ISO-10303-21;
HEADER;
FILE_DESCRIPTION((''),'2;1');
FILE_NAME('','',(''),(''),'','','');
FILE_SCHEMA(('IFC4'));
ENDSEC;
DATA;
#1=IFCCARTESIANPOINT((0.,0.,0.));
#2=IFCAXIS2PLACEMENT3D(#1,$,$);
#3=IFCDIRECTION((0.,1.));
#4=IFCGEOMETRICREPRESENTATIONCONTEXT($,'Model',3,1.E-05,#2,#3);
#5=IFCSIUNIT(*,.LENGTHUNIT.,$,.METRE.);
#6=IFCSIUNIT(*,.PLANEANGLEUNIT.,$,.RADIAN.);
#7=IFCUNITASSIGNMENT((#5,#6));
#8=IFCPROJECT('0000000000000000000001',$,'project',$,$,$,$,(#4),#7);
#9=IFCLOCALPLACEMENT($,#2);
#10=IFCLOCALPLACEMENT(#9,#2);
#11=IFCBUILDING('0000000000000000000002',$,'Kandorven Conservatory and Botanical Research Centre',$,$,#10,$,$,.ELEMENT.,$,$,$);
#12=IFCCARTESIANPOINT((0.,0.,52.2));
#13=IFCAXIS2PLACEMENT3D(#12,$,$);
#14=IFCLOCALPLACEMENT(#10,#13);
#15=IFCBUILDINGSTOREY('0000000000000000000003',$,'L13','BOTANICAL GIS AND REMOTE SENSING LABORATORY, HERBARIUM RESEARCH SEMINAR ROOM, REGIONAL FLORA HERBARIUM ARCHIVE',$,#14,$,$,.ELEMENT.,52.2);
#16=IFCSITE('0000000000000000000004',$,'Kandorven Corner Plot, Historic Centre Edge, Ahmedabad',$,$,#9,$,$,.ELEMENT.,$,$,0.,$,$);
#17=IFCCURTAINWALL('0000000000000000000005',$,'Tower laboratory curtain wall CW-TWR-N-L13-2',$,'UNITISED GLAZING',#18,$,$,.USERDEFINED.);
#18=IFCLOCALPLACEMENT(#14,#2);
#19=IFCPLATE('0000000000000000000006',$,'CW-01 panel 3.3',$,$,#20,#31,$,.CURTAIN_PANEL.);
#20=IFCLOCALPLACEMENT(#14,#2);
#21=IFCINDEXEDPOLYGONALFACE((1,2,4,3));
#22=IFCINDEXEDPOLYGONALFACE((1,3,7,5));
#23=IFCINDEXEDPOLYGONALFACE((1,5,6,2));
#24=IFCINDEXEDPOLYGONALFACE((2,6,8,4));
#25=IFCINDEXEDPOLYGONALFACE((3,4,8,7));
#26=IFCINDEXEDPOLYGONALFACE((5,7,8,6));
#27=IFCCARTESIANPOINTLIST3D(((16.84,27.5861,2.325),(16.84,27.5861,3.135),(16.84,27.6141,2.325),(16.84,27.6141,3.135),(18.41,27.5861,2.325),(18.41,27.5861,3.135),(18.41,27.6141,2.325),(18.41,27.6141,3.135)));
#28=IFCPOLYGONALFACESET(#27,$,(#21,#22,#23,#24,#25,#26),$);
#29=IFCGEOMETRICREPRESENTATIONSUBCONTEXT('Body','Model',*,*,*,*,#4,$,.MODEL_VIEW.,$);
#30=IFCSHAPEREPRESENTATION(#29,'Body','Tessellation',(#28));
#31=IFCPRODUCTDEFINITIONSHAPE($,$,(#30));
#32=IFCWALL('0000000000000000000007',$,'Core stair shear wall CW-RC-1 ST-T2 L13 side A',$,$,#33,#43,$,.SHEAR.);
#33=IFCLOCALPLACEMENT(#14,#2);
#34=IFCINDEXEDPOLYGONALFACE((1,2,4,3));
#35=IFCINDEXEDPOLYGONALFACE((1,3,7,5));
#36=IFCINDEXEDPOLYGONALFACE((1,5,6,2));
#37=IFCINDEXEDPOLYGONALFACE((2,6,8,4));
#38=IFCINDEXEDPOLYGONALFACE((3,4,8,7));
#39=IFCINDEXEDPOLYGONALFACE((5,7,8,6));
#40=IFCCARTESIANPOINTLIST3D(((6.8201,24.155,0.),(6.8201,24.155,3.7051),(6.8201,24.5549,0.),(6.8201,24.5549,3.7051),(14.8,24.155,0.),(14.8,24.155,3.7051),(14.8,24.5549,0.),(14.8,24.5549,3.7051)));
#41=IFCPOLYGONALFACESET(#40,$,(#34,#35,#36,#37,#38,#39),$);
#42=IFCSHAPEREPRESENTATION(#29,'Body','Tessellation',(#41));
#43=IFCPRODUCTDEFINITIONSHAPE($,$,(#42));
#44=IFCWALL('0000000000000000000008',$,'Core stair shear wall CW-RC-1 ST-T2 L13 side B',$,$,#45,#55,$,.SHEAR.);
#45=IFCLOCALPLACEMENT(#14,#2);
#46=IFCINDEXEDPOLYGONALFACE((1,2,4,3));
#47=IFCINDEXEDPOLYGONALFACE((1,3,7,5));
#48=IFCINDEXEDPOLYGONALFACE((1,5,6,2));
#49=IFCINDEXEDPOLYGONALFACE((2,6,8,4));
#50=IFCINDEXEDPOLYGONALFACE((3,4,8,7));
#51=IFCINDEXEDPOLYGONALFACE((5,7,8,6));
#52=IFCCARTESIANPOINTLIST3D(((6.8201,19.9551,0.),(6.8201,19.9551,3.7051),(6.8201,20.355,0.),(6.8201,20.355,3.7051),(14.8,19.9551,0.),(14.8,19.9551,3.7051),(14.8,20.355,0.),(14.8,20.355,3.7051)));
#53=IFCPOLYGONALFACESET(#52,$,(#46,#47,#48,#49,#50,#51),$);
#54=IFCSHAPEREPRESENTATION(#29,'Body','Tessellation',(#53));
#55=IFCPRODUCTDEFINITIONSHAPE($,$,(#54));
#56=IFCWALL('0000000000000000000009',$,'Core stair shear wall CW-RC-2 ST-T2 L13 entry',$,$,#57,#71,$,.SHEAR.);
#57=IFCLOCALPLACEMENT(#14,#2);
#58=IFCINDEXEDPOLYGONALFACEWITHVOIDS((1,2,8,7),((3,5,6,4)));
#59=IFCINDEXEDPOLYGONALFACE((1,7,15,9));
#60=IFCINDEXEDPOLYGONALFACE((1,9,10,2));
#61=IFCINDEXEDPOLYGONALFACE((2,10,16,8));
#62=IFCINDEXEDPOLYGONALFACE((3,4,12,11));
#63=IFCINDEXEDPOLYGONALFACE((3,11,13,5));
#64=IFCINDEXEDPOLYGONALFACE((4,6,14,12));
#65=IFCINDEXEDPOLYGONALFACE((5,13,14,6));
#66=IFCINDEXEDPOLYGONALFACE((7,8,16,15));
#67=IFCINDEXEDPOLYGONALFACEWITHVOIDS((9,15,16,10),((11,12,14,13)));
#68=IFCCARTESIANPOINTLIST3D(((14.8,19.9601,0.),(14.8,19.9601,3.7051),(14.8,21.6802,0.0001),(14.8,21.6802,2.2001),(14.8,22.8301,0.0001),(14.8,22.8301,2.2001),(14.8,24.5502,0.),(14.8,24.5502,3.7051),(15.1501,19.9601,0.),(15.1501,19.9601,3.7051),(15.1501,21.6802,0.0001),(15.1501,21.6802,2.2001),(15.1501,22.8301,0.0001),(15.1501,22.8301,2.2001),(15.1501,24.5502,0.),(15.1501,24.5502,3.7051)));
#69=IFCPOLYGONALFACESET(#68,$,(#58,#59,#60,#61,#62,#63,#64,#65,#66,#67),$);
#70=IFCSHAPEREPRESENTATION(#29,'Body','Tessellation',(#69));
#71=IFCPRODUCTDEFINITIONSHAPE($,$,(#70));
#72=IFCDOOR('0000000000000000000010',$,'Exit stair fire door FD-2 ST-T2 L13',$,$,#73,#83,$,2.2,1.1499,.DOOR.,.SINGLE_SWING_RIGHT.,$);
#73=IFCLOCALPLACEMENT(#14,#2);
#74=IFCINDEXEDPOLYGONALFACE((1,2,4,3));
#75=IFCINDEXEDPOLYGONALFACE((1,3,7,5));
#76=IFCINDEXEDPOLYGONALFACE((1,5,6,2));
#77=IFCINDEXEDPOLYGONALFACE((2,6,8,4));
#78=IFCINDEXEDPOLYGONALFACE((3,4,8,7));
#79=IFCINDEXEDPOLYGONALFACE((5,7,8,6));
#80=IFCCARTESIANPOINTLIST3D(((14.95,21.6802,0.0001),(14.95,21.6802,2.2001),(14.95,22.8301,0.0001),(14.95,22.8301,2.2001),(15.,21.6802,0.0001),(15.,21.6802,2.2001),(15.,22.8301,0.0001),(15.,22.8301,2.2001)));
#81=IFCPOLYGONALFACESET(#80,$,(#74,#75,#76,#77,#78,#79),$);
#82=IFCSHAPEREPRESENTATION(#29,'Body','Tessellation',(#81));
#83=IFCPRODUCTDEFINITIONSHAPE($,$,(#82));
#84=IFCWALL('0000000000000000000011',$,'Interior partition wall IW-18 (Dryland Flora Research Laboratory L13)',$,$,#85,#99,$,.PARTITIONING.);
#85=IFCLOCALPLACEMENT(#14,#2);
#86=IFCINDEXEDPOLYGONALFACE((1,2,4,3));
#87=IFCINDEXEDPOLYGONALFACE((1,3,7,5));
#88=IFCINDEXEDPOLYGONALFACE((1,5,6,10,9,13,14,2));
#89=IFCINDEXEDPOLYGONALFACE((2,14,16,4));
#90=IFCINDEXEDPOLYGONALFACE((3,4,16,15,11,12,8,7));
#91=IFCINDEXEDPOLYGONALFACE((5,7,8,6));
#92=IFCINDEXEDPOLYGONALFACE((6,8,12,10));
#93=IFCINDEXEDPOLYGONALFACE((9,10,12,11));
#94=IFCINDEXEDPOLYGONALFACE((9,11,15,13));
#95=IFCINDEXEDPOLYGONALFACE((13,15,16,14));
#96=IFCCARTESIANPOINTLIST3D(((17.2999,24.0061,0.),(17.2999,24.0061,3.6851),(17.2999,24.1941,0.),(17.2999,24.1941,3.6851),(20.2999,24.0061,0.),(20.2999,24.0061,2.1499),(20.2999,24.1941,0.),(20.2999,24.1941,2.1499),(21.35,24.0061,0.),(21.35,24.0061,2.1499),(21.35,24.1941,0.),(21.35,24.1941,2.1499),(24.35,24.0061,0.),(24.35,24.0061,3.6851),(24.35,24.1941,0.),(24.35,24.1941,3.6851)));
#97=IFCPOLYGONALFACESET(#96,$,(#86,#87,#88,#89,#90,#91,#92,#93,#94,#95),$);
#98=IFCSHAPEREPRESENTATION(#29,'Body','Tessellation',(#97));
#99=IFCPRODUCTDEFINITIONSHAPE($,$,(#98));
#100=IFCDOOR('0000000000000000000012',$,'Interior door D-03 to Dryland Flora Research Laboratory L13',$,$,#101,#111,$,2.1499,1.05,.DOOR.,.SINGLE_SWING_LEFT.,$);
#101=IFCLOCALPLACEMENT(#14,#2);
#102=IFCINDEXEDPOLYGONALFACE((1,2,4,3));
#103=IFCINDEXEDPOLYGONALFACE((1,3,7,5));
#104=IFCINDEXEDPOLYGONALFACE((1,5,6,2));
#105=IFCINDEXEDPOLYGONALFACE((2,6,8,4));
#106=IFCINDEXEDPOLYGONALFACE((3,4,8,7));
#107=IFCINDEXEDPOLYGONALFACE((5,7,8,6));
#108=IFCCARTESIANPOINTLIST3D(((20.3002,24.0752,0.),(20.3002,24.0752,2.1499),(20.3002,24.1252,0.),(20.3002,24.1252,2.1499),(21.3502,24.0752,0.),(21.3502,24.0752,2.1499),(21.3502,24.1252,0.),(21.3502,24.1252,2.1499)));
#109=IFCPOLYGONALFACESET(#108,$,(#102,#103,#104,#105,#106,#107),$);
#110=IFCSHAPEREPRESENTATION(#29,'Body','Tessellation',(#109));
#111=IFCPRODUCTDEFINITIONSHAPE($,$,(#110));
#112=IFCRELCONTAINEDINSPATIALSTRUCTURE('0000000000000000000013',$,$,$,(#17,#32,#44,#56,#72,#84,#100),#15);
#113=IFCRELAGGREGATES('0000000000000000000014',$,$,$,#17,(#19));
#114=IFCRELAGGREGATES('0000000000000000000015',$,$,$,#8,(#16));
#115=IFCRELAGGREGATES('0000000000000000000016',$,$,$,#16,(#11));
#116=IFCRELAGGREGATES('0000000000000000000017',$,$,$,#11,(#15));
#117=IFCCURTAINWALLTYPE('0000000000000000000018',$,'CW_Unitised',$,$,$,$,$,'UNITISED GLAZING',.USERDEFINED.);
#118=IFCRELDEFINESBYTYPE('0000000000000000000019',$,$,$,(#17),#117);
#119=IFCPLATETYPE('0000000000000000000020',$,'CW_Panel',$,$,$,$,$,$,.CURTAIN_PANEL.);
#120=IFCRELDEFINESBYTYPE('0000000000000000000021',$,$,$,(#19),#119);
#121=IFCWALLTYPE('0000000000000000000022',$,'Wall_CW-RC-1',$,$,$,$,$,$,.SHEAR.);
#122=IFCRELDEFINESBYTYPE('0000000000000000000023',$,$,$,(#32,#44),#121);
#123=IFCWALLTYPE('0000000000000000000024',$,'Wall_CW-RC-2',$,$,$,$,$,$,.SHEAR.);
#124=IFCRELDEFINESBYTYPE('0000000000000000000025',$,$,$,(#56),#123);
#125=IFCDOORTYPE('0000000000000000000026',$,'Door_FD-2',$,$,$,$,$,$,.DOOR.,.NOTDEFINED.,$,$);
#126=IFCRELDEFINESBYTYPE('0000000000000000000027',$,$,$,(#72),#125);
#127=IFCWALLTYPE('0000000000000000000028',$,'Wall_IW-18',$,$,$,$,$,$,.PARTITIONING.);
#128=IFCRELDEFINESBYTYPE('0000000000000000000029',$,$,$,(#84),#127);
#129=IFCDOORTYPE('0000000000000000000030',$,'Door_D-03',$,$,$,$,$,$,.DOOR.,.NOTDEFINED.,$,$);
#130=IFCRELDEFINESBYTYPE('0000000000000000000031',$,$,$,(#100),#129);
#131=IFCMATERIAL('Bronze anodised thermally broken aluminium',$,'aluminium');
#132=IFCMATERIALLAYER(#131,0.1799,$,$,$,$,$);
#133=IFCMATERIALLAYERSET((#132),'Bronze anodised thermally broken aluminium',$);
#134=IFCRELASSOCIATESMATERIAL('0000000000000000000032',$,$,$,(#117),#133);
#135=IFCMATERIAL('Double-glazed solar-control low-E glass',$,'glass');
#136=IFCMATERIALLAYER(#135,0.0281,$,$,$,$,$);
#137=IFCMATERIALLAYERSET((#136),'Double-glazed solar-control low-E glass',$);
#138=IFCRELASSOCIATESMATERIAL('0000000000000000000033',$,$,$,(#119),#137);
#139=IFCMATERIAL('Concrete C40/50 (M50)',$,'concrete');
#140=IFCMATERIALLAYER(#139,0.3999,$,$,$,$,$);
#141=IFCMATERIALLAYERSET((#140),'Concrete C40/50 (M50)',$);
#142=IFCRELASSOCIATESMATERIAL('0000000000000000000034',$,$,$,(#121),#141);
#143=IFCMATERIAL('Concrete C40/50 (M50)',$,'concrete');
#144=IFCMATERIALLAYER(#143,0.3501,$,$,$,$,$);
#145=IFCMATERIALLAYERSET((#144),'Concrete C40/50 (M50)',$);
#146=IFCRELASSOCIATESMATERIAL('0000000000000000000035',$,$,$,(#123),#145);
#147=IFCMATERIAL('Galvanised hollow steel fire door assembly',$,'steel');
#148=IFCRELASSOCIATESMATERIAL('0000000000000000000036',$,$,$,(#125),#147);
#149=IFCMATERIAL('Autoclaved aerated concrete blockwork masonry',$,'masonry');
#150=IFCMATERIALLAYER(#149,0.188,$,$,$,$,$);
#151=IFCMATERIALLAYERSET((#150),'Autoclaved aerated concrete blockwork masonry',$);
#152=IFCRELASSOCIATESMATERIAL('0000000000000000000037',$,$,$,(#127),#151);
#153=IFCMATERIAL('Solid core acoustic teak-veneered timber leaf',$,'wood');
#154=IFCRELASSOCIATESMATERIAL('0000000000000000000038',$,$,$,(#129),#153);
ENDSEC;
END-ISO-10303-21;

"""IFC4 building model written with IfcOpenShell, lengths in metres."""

from ifc_helpers import new_model, si_unit, direction, frame, frame_2d, origin, origin_2d, place, context, subcontext, project, spatial, rectangle, extrude, material, layer, layer_set, type_object, element, fill, aggregate, save


model = new_model("IFC4")

# Units and contexts
model_context = context("Model", 3, precision=1e-05, world=origin(), true_north=direction((0.0, 1.0)))
body_context = subcontext(model_context, "Body", "Model", "MODEL_VIEW")
ifc_project = project(units=[si_unit("LENGTHUNIT", "METRE"), si_unit("PLANEANGLEUNIT", "RADIAN")], contexts=[model_context])

# Site, building, storey
site_placement = place(None, origin())
site = spatial("IfcSite", under=ifc_project, at=site_placement, Name="Kandorven Corner Plot, Historic Centre Edge, Ahmedabad", CompositionType="ELEMENT", RefElevation=0.0)
building_placement = place(site_placement, origin())
building = spatial("IfcBuilding", under=site, at=building_placement, Name="Kandorven Conservatory and Botanical Research Centre", CompositionType="ELEMENT")
storey_placement = place(building_placement, frame((0.0, 0.0, 52.2)))
storey = spatial("IfcBuildingStorey", under=building, at=storey_placement, Name="L13", Description="BOTANICAL GIS AND REMOTE SENSING LABORATORY, HERBARIUM RESEARCH SEMINAR ROOM, REGIONAL FLORA HERBARIUM ARCHIVE", CompositionType="ELEMENT", Elevation=52.2)

# Curtain wall, plate
ifc_material_1 = material(Name="Bronze anodised thermally broken aluminium", Category="aluminium")
ifc_layer_1 = layer(ifc_material_1, 0.1799)
ifc_layer_set_1 = layer_set([ifc_layer_1], Name="Bronze anodised thermally broken aluminium")
curtain_wall_type = type_object("IfcCurtainWallType", Name="CW_Unitised", ElementType="UNITISED GLAZING", PredefinedType="USERDEFINED", material=ifc_layer_set_1)
curtain_wall_placement = place(storey_placement, origin())
curtain_wall = element("IfcCurtainWall", 1, at=curtain_wall_placement, inside=storey, type_object=curtain_wall_type, Name="Tower laboratory curtain wall CW-TWR-N-L13-2", ObjectType="UNITISED GLAZING", PredefinedType="USERDEFINED")
ifc_material_2 = material(Name="Double-glazed solar-control low-E glass", Category="glass")
ifc_layer_2 = layer(ifc_material_2, 0.0281)
ifc_layer_set_2 = layer_set([ifc_layer_2], Name="Double-glazed solar-control low-E glass")
plate_type = type_object("IfcPlateType", Name="CW_Panel", PredefinedType="CURTAIN_PANEL", material=ifc_layer_set_2)
plate_1_placement = place(storey_placement, frame((17.625, 27.6001, 2.325), z_axis=(0.0, 0.0, 1.0), x_axis=(1.0, 0.0, 0.0)))
plate_1 = element("IfcPlate", 2, at=plate_1_placement, type_object=plate_type, Name="CW-01 panel 3.3", PredefinedType="CURTAIN_PANEL", context=body_context, shape_type="SweptSolid", body=[
    extrude(rectangle(XDim=1.5701, YDim=0.0281, at=origin_2d()), origin(), (0.0, 0.0, 1.0), 0.8101),
])
aggregate(curtain_wall, [plate_1])

# Walls
ifc_material_3 = material(Name="Concrete C40/50 (M50)", Category="concrete")
ifc_layer_3 = layer(ifc_material_3, 0.3999)
ifc_layer_set_3 = layer_set([ifc_layer_3], Name="Concrete C40/50 (M50)")
wall_type_1 = type_object("IfcWallType", Name="Wall_CW-RC-1", PredefinedType="SHEAR", material=ifc_layer_set_3)
for number, where, z_axis, x_axis, name in (
    (3, (14.8, 24.355, 0.0), (0.0, 0.0, 1.0), (-1.0, 0.0, 0.0), "Core stair shear wall CW-RC-1 ST-T2 L13 side A"),
    (4, (14.8, 20.155, 0.0), (0.0, 0.0, 1.0), (-1.0, 0.0, 0.0), "Core stair shear wall CW-RC-1 ST-T2 L13 side B"),
):
    element("IfcWall", number, at=place(storey_placement, frame(where, z_axis=z_axis, x_axis=x_axis)), inside=storey, type_object=wall_type_1, Name=name, PredefinedType="SHEAR", context=body_context, shape_type="SweptSolid", body=[
        extrude(rectangle(XDim=7.98, YDim=0.3999, at=frame_2d((3.99, 0.0))), origin(), (0.0, 0.0, 1.0), 3.7051),
    ])

# Walls, openings, doors
ifc_material_4 = material(Name="Concrete C40/50 (M50)", Category="concrete")
ifc_layer_4 = layer(ifc_material_4, 0.3501)
ifc_layer_set_4 = layer_set([ifc_layer_4], Name="Concrete C40/50 (M50)")
wall_type_2 = type_object("IfcWallType", Name="Wall_CW-RC-2", PredefinedType="SHEAR", material=ifc_layer_set_4)
wall_1_placement = place(storey_placement, frame((14.9751, 24.55, 0.0), z_axis=(0.0, 0.0, 1.0), x_axis=(0.0, -1.0, 0.0)))
wall_1 = element("IfcWall", 5, at=wall_1_placement, inside=storey, type_object=wall_type_2, Name="Core stair shear wall CW-RC-2 ST-T2 L13 entry", PredefinedType="SHEAR", context=body_context, shape_type="SweptSolid", body=[
    extrude(rectangle(XDim=4.5901, YDim=0.3501, at=frame_2d((2.2949, 0.0))), origin(), (0.0, 0.0, 1.0), 3.7051),
])
opening_1_placement = place(wall_1_placement, frame((1.72, 0.0, 0.0)))
opening_1 = element("IfcOpeningElement", 6, at=opening_1_placement, cuts=wall_1, PredefinedType="OPENING", context=body_context, shape_type="SweptSolid", body=[
    extrude(rectangle(XDim=1.1499, YDim=2.2, at=frame_2d((0.575, 1.1001))), frame((0.0, 0.1851, 0.0), z_axis=(0.0, -1.0, 0.0), x_axis=(1.0, 0.0, 0.0)), (0.0, 0.0, 1.0), 0.3701),
])
ifc_material_5 = material(Name="Galvanised hollow steel fire door assembly", Category="steel")
door_type_1 = type_object("IfcDoorType", Name="Door_FD-2", OperationType="NOTDEFINED", PredefinedType="DOOR", material=ifc_material_5)
door_1_placement = place(opening_1_placement, origin())
door_1 = element("IfcDoor", 7, at=door_1_placement, inside=storey, type_object=door_type_1, Name="Exit stair fire door FD-2 ST-T2 L13", OperationType="SINGLE_SWING_RIGHT", OverallHeight=2.2, OverallWidth=1.1499, PredefinedType="DOOR", context=body_context, shape_type="SweptSolid", body=[
    extrude(rectangle(XDim=1.1499, YDim=2.2, at=frame_2d((0.575, 1.1001))), frame((0.0, 0.0249, 0.0), z_axis=(0.0, -1.0, 0.0), x_axis=(1.0, 0.0, 0.0)), (0.0, 0.0, 1.0), 0.05),
])
fill(opening_1, door_1)
ifc_material_6 = material(Name="Autoclaved aerated concrete blockwork masonry", Category="masonry")
ifc_layer_5 = layer(ifc_material_6, 0.188)
ifc_layer_set_5 = layer_set([ifc_layer_5], Name="Autoclaved aerated concrete blockwork masonry")
wall_type_3 = type_object("IfcWallType", Name="Wall_IW-18", PredefinedType="PARTITIONING", material=ifc_layer_set_5)
wall_2_placement = place(storey_placement, frame((17.3, 24.1001, 0.0), z_axis=(0.0, 0.0, 1.0), x_axis=(1.0, 0.0, 0.0)))
wall_2 = element("IfcWall", 8, at=wall_2_placement, inside=storey, type_object=wall_type_3, Name="Interior partition wall IW-18 (Dryland Flora Research Laboratory L13)", PredefinedType="PARTITIONING", context=body_context, shape_type="SweptSolid", body=[
    extrude(rectangle(XDim=7.05, YDim=0.188, at=frame_2d((3.5249, 0.0))), origin(), (0.0, 0.0, 1.0), 3.6851),
])
opening_2_placement = place(wall_2_placement, frame((3.0, 0.0, 0.0)))
opening_2 = element("IfcOpeningElement", 9, at=opening_2_placement, cuts=wall_2, PredefinedType="OPENING", context=body_context, shape_type="SweptSolid", body=[
    extrude(rectangle(XDim=1.05, YDim=2.1499, at=frame_2d((0.5249, 1.075))), frame((0.0, 0.104, 0.0), z_axis=(0.0, -1.0, 0.0), x_axis=(1.0, 0.0, 0.0)), (0.0, 0.0, 1.0), 0.208),
])
ifc_material_7 = material(Name="Solid core acoustic teak-veneered timber leaf", Category="wood")
door_type_2 = type_object("IfcDoorType", Name="Door_D-03", OperationType="NOTDEFINED", PredefinedType="DOOR", material=ifc_material_7)
door_2_placement = place(opening_2_placement, frame((1.05, 0.0, 0.0), z_axis=(0.0, 0.0, 1.0), x_axis=(-1.0, 0.0, 0.0)))
door_2 = element("IfcDoor", 10, at=door_2_placement, inside=storey, type_object=door_type_2, Name="Interior door D-03 to Dryland Flora Research Laboratory L13", OperationType="SINGLE_SWING_LEFT", OverallHeight=2.1499, OverallWidth=1.05, PredefinedType="DOOR", context=body_context, shape_type="SweptSolid", body=[
    extrude(rectangle(XDim=1.05, YDim=2.1499, at=frame_2d((0.5249, 1.075))), frame((0.0, 0.0249, 0.0), z_axis=(0.0, -1.0, 0.0), x_axis=(1.0, 0.0, 0.0)), (0.0, 0.0, 1.0), 0.05),
])
fill(opening_2, door_2)

save(model, "model.ifc")
